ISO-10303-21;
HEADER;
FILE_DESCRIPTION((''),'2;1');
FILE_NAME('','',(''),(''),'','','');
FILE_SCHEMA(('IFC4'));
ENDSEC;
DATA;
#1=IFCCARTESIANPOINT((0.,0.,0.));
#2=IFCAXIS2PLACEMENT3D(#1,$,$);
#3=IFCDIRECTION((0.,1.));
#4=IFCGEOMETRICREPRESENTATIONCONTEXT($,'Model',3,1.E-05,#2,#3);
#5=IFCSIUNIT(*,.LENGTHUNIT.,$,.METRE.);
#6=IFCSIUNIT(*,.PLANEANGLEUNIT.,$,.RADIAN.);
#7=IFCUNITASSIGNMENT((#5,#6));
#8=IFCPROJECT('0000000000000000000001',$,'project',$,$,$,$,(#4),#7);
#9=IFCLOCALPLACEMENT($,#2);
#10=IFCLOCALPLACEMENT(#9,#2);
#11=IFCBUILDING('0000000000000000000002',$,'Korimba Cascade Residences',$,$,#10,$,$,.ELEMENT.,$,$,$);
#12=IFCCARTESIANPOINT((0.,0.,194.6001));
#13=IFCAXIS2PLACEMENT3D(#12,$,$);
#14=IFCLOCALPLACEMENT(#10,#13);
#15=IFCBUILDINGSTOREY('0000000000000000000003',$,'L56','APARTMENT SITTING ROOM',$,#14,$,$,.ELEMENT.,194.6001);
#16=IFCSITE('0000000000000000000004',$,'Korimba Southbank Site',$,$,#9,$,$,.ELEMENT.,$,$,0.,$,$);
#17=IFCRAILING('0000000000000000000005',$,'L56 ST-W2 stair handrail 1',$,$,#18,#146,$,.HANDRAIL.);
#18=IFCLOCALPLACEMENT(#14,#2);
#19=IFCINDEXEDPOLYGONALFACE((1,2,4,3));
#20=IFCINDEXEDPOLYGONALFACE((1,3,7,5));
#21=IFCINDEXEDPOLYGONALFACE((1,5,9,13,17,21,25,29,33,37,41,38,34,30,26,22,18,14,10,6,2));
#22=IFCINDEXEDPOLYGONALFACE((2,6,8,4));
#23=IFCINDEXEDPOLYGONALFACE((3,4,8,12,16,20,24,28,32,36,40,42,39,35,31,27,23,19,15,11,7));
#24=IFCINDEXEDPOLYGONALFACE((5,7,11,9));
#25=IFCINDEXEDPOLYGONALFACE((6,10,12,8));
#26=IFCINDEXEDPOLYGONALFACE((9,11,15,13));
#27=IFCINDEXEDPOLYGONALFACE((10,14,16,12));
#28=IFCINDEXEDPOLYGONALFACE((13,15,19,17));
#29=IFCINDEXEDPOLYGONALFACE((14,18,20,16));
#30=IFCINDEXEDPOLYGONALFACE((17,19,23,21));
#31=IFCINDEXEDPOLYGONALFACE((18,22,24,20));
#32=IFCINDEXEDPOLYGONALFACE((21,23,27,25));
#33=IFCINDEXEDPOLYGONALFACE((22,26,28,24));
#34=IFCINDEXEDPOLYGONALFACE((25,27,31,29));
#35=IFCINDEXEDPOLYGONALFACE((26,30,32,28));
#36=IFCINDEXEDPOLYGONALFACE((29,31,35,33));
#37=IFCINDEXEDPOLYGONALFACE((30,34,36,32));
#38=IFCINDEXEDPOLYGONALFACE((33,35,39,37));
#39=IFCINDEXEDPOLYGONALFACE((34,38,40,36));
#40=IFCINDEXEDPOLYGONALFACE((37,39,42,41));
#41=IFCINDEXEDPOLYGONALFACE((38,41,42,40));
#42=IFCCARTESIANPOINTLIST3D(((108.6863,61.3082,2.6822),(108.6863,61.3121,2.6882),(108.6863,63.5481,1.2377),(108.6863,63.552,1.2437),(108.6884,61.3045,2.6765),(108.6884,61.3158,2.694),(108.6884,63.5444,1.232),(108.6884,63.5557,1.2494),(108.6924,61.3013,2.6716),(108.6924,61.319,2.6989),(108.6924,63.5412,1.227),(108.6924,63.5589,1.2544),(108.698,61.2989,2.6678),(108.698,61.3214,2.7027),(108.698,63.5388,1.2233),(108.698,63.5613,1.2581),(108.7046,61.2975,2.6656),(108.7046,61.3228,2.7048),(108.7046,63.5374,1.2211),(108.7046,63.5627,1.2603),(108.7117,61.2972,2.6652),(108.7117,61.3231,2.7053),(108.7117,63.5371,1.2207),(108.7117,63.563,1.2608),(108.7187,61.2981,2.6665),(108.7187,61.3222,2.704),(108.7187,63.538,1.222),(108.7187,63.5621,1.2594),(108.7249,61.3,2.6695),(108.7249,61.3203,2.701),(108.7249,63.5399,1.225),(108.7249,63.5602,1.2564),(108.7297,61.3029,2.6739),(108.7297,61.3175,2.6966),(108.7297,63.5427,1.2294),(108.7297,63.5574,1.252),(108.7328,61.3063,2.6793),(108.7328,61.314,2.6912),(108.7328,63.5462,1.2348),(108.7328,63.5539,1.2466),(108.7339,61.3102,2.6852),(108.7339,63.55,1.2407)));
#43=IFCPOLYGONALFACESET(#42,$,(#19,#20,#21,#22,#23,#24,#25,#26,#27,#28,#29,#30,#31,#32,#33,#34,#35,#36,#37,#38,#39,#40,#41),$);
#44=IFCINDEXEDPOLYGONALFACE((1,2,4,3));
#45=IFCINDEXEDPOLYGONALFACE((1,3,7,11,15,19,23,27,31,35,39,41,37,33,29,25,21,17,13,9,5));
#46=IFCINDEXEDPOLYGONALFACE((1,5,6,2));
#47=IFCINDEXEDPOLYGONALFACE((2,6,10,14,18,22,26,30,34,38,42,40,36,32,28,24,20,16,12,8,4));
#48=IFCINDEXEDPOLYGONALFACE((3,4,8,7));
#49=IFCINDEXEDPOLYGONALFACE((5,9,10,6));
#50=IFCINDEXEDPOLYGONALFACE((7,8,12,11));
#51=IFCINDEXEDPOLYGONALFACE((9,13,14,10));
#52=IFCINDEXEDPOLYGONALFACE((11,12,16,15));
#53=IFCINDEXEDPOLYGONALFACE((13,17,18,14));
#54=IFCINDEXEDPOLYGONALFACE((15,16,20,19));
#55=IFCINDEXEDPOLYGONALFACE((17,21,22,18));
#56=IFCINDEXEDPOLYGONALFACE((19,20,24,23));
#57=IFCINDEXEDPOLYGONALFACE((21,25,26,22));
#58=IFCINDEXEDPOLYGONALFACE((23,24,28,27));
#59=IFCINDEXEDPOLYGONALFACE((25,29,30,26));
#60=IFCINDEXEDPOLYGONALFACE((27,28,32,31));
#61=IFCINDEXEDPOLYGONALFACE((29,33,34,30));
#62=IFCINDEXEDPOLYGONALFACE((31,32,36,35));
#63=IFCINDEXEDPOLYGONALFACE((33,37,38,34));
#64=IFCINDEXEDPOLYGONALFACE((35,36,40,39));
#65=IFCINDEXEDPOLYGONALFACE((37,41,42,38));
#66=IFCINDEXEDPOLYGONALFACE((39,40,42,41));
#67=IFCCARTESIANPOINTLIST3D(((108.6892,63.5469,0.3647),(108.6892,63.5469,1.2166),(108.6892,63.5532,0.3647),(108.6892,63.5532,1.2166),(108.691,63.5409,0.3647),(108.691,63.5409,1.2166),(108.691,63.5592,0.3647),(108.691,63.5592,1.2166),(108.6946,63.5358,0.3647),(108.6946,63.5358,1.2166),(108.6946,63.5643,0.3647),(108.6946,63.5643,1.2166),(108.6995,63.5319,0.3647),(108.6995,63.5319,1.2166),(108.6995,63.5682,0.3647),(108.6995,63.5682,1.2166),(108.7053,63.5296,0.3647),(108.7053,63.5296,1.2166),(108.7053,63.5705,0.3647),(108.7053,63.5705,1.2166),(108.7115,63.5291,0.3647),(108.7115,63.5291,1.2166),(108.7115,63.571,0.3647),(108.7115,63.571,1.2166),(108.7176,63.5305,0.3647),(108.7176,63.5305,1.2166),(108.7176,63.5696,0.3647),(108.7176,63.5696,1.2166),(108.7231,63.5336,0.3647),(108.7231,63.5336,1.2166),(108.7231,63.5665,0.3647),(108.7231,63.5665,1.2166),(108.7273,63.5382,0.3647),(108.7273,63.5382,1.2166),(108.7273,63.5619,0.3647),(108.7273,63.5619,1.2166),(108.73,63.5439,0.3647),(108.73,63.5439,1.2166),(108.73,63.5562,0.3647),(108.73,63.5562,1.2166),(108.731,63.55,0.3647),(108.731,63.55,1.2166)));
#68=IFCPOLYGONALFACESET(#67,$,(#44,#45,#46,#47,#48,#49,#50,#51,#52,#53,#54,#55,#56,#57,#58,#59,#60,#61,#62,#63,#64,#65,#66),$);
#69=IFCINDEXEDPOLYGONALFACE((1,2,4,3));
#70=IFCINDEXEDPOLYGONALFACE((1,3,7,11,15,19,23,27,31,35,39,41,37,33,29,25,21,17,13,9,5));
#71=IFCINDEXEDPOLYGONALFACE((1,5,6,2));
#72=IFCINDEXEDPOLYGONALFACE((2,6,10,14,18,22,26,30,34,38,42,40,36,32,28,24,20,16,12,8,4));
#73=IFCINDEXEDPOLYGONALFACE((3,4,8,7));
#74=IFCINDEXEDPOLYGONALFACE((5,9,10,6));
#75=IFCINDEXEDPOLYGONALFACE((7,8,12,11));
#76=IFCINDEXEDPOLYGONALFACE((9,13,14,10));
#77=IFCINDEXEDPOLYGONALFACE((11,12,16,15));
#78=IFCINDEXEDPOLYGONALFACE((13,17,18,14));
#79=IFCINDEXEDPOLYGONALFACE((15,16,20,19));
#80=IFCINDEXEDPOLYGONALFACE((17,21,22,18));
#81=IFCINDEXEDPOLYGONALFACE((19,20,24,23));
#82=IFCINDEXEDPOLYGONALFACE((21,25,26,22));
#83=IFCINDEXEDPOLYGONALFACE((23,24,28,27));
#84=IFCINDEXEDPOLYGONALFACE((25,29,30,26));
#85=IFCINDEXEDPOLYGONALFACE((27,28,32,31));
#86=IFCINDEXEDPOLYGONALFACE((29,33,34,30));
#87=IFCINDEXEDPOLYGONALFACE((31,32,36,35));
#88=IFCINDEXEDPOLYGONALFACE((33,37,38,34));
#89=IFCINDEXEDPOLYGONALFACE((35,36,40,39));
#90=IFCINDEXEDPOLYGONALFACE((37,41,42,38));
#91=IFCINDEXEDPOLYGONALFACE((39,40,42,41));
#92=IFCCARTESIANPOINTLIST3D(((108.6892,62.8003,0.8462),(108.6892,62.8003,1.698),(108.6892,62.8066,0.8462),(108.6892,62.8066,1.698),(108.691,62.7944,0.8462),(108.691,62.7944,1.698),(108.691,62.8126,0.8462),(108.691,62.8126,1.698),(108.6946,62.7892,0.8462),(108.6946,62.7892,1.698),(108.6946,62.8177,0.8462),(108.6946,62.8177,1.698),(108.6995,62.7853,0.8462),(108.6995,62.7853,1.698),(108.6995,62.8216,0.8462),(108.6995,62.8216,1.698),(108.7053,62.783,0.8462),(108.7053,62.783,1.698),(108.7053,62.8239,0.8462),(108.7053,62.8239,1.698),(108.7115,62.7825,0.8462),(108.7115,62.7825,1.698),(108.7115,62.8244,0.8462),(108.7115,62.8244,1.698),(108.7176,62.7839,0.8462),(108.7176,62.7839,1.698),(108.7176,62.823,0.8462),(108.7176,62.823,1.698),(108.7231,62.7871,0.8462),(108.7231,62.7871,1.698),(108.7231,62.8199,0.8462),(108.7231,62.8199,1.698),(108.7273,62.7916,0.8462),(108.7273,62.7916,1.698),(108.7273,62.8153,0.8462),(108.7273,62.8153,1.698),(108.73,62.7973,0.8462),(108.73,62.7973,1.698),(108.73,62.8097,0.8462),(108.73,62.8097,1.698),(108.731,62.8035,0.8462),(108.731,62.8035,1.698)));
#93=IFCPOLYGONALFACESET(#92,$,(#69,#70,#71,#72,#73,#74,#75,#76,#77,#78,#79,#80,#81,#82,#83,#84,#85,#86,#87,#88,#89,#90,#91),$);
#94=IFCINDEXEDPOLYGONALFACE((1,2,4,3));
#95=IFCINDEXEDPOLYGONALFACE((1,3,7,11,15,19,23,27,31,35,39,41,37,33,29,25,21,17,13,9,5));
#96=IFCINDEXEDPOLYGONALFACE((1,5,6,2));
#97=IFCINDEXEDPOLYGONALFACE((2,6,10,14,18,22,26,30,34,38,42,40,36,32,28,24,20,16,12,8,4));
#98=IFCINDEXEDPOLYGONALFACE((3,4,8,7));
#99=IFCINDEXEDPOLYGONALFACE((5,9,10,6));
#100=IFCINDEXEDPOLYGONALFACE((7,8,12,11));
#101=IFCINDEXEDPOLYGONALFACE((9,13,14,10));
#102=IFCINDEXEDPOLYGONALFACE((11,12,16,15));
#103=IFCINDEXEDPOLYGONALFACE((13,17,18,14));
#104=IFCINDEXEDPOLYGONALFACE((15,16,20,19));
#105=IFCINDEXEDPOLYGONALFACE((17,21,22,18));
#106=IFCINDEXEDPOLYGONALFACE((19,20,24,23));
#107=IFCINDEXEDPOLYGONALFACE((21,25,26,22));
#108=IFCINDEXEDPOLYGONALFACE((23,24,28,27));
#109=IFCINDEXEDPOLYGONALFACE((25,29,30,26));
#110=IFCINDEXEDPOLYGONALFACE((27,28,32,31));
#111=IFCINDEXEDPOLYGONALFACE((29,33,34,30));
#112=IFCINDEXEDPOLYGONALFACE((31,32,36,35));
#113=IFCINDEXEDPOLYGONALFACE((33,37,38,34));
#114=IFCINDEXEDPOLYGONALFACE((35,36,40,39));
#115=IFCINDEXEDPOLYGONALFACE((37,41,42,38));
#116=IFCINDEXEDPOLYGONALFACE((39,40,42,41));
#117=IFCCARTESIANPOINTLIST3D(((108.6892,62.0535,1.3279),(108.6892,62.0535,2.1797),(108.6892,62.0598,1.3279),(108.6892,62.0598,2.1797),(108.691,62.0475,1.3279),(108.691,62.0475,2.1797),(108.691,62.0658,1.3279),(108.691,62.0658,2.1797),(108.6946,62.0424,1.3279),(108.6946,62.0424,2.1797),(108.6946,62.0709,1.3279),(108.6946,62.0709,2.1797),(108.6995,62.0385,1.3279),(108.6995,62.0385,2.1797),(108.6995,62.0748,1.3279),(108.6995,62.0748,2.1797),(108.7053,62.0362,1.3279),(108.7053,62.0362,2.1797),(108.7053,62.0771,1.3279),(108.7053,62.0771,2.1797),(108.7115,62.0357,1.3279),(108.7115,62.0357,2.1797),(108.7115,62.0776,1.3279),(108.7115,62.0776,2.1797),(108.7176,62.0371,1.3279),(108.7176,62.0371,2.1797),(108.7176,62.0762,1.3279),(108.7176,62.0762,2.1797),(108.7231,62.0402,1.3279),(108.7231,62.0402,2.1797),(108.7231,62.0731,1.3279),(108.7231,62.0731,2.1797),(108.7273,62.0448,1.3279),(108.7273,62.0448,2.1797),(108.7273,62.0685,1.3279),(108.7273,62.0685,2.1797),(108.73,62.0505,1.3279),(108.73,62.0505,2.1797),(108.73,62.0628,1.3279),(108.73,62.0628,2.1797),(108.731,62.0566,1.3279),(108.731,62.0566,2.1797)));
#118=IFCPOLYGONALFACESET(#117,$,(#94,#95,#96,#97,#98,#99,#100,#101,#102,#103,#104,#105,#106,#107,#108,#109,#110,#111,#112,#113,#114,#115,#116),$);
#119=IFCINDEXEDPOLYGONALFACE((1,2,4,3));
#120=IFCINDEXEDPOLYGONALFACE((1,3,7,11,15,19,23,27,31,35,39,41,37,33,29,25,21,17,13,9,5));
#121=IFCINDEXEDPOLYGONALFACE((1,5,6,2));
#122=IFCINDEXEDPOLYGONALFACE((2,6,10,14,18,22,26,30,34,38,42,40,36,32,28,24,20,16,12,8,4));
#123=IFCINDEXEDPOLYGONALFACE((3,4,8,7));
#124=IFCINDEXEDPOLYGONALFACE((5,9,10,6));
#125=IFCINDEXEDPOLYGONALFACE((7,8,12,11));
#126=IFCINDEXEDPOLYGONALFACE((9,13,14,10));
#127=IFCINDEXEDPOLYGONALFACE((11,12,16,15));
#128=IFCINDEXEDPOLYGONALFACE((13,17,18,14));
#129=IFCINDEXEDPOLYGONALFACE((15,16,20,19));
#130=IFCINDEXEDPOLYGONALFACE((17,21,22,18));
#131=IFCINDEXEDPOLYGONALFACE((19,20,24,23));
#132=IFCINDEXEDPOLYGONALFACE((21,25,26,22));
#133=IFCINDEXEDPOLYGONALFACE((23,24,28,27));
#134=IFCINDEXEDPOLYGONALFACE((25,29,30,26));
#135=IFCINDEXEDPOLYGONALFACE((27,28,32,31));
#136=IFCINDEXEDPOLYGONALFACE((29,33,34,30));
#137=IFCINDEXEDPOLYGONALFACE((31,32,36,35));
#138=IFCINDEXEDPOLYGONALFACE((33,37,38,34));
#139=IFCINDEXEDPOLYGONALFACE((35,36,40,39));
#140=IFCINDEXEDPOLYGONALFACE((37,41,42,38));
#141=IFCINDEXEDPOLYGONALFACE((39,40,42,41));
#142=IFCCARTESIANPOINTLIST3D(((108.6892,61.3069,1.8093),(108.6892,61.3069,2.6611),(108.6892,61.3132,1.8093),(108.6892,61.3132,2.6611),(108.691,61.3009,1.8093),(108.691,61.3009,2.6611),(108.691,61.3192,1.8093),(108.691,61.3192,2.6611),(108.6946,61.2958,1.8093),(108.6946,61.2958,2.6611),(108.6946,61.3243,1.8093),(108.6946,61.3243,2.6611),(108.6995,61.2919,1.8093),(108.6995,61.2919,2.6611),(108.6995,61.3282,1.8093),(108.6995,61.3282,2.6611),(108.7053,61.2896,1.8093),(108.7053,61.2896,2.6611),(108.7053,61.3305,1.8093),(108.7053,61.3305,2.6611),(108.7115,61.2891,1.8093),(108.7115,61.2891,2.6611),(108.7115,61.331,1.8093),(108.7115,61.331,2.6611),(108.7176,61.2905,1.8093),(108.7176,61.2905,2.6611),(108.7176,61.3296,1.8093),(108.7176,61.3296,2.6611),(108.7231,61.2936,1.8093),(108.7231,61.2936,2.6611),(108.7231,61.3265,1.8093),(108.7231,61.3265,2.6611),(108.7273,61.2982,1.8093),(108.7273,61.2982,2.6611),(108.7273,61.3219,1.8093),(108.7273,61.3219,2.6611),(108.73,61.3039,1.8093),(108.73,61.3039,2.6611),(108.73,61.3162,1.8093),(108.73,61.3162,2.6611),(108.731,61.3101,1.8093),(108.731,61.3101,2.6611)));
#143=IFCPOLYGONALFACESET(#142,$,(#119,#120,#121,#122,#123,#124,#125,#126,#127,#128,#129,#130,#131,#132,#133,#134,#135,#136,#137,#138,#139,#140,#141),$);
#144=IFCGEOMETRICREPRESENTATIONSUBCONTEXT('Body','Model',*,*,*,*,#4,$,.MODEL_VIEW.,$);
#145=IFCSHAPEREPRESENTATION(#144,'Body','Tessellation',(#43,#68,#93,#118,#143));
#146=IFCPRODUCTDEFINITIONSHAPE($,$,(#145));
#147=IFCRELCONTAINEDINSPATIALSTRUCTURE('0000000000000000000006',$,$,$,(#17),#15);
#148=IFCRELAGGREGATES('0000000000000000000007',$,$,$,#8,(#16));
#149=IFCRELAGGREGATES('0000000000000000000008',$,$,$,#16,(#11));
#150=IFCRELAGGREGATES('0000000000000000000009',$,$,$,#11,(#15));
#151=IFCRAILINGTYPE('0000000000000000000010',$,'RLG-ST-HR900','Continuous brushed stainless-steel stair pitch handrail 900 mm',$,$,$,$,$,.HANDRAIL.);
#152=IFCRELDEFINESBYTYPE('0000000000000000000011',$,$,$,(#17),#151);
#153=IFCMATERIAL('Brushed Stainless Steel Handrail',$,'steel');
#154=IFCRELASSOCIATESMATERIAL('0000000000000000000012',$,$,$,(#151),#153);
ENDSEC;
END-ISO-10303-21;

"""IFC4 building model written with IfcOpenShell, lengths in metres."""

from ifc_helpers import new_model, si_unit, direction, frame, origin, origin_2d, place, context, subcontext, project, spatial, circle, extrude, material, type_object, element, save


model = new_model("IFC4")

# Units and contexts
model_context = context("Model", 3, precision=1e-05, world=origin(), true_north=direction((0.0, 1.0)))
body_context = subcontext(model_context, "Body", "Model", "MODEL_VIEW")
ifc_project = project(units=[si_unit("LENGTHUNIT", "METRE"), si_unit("PLANEANGLEUNIT", "RADIAN")], contexts=[model_context])

# Site, building, storey
site_placement = place(None, origin())
site = spatial("IfcSite", under=ifc_project, at=site_placement, Name="Korimba Southbank Site", CompositionType="ELEMENT", RefElevation=0.0)
building_placement = place(site_placement, origin())
building = spatial("IfcBuilding", under=site, at=building_placement, Name="Korimba Cascade Residences", CompositionType="ELEMENT")
storey_placement = place(building_placement, frame((0.0, 0.0, 194.6001)))
storey = spatial("IfcBuildingStorey", under=building, at=storey_placement, Name="L56", Description="APARTMENT SITTING ROOM", CompositionType="ELEMENT", Elevation=194.6001)

# Railing
ifc_material_1 = material(Name="Brushed Stainless Steel Handrail", Category="steel")
railing_type_1 = type_object("IfcRailingType", Name="RLG-ST-HR900", Description="Continuous brushed stainless-steel stair pitch handrail 900 mm", PredefinedType="HANDRAIL", material=ifc_material_1)
railing_1_placement = place(storey_placement, frame((108.71, 63.55, 0.3647)))
element("IfcRailing", 1, at=railing_1_placement, inside=storey, type_object=railing_type_1, Name="L56 ST-W2 stair handrail 1", PredefinedType="HANDRAIL", context=body_context, shape_type="SweptSolid", body=[
    extrude(circle(Radius=0.0239, at=origin_2d()), frame((0.0, 0.0, 0.876), z_axis=(0.0, -0.840395, 0.541975), x_axis=(1.0, 0.0, 0.0)), (0.0, 0.0, 1.0), 2.6653),
    extrude(circle(Radius=0.021, at=origin_2d()), origin(), (0.0, 0.0, 1.0), 0.8518),
    extrude(circle(Radius=0.021, at=origin_2d()), frame((0.0, -0.7466, 0.4814)), (0.0, 0.0, 1.0), 0.8518),
    extrude(circle(Radius=0.021, at=origin_2d()), frame((0.0, -1.4934, 0.9631)), (0.0, 0.0, 1.0), 0.8518),
    extrude(circle(Radius=0.021, at=origin_2d()), frame((0.0, -2.24, 1.4446)), (0.0, 0.0, 1.0), 0.8518),
])

save(model, "model.ifc")
